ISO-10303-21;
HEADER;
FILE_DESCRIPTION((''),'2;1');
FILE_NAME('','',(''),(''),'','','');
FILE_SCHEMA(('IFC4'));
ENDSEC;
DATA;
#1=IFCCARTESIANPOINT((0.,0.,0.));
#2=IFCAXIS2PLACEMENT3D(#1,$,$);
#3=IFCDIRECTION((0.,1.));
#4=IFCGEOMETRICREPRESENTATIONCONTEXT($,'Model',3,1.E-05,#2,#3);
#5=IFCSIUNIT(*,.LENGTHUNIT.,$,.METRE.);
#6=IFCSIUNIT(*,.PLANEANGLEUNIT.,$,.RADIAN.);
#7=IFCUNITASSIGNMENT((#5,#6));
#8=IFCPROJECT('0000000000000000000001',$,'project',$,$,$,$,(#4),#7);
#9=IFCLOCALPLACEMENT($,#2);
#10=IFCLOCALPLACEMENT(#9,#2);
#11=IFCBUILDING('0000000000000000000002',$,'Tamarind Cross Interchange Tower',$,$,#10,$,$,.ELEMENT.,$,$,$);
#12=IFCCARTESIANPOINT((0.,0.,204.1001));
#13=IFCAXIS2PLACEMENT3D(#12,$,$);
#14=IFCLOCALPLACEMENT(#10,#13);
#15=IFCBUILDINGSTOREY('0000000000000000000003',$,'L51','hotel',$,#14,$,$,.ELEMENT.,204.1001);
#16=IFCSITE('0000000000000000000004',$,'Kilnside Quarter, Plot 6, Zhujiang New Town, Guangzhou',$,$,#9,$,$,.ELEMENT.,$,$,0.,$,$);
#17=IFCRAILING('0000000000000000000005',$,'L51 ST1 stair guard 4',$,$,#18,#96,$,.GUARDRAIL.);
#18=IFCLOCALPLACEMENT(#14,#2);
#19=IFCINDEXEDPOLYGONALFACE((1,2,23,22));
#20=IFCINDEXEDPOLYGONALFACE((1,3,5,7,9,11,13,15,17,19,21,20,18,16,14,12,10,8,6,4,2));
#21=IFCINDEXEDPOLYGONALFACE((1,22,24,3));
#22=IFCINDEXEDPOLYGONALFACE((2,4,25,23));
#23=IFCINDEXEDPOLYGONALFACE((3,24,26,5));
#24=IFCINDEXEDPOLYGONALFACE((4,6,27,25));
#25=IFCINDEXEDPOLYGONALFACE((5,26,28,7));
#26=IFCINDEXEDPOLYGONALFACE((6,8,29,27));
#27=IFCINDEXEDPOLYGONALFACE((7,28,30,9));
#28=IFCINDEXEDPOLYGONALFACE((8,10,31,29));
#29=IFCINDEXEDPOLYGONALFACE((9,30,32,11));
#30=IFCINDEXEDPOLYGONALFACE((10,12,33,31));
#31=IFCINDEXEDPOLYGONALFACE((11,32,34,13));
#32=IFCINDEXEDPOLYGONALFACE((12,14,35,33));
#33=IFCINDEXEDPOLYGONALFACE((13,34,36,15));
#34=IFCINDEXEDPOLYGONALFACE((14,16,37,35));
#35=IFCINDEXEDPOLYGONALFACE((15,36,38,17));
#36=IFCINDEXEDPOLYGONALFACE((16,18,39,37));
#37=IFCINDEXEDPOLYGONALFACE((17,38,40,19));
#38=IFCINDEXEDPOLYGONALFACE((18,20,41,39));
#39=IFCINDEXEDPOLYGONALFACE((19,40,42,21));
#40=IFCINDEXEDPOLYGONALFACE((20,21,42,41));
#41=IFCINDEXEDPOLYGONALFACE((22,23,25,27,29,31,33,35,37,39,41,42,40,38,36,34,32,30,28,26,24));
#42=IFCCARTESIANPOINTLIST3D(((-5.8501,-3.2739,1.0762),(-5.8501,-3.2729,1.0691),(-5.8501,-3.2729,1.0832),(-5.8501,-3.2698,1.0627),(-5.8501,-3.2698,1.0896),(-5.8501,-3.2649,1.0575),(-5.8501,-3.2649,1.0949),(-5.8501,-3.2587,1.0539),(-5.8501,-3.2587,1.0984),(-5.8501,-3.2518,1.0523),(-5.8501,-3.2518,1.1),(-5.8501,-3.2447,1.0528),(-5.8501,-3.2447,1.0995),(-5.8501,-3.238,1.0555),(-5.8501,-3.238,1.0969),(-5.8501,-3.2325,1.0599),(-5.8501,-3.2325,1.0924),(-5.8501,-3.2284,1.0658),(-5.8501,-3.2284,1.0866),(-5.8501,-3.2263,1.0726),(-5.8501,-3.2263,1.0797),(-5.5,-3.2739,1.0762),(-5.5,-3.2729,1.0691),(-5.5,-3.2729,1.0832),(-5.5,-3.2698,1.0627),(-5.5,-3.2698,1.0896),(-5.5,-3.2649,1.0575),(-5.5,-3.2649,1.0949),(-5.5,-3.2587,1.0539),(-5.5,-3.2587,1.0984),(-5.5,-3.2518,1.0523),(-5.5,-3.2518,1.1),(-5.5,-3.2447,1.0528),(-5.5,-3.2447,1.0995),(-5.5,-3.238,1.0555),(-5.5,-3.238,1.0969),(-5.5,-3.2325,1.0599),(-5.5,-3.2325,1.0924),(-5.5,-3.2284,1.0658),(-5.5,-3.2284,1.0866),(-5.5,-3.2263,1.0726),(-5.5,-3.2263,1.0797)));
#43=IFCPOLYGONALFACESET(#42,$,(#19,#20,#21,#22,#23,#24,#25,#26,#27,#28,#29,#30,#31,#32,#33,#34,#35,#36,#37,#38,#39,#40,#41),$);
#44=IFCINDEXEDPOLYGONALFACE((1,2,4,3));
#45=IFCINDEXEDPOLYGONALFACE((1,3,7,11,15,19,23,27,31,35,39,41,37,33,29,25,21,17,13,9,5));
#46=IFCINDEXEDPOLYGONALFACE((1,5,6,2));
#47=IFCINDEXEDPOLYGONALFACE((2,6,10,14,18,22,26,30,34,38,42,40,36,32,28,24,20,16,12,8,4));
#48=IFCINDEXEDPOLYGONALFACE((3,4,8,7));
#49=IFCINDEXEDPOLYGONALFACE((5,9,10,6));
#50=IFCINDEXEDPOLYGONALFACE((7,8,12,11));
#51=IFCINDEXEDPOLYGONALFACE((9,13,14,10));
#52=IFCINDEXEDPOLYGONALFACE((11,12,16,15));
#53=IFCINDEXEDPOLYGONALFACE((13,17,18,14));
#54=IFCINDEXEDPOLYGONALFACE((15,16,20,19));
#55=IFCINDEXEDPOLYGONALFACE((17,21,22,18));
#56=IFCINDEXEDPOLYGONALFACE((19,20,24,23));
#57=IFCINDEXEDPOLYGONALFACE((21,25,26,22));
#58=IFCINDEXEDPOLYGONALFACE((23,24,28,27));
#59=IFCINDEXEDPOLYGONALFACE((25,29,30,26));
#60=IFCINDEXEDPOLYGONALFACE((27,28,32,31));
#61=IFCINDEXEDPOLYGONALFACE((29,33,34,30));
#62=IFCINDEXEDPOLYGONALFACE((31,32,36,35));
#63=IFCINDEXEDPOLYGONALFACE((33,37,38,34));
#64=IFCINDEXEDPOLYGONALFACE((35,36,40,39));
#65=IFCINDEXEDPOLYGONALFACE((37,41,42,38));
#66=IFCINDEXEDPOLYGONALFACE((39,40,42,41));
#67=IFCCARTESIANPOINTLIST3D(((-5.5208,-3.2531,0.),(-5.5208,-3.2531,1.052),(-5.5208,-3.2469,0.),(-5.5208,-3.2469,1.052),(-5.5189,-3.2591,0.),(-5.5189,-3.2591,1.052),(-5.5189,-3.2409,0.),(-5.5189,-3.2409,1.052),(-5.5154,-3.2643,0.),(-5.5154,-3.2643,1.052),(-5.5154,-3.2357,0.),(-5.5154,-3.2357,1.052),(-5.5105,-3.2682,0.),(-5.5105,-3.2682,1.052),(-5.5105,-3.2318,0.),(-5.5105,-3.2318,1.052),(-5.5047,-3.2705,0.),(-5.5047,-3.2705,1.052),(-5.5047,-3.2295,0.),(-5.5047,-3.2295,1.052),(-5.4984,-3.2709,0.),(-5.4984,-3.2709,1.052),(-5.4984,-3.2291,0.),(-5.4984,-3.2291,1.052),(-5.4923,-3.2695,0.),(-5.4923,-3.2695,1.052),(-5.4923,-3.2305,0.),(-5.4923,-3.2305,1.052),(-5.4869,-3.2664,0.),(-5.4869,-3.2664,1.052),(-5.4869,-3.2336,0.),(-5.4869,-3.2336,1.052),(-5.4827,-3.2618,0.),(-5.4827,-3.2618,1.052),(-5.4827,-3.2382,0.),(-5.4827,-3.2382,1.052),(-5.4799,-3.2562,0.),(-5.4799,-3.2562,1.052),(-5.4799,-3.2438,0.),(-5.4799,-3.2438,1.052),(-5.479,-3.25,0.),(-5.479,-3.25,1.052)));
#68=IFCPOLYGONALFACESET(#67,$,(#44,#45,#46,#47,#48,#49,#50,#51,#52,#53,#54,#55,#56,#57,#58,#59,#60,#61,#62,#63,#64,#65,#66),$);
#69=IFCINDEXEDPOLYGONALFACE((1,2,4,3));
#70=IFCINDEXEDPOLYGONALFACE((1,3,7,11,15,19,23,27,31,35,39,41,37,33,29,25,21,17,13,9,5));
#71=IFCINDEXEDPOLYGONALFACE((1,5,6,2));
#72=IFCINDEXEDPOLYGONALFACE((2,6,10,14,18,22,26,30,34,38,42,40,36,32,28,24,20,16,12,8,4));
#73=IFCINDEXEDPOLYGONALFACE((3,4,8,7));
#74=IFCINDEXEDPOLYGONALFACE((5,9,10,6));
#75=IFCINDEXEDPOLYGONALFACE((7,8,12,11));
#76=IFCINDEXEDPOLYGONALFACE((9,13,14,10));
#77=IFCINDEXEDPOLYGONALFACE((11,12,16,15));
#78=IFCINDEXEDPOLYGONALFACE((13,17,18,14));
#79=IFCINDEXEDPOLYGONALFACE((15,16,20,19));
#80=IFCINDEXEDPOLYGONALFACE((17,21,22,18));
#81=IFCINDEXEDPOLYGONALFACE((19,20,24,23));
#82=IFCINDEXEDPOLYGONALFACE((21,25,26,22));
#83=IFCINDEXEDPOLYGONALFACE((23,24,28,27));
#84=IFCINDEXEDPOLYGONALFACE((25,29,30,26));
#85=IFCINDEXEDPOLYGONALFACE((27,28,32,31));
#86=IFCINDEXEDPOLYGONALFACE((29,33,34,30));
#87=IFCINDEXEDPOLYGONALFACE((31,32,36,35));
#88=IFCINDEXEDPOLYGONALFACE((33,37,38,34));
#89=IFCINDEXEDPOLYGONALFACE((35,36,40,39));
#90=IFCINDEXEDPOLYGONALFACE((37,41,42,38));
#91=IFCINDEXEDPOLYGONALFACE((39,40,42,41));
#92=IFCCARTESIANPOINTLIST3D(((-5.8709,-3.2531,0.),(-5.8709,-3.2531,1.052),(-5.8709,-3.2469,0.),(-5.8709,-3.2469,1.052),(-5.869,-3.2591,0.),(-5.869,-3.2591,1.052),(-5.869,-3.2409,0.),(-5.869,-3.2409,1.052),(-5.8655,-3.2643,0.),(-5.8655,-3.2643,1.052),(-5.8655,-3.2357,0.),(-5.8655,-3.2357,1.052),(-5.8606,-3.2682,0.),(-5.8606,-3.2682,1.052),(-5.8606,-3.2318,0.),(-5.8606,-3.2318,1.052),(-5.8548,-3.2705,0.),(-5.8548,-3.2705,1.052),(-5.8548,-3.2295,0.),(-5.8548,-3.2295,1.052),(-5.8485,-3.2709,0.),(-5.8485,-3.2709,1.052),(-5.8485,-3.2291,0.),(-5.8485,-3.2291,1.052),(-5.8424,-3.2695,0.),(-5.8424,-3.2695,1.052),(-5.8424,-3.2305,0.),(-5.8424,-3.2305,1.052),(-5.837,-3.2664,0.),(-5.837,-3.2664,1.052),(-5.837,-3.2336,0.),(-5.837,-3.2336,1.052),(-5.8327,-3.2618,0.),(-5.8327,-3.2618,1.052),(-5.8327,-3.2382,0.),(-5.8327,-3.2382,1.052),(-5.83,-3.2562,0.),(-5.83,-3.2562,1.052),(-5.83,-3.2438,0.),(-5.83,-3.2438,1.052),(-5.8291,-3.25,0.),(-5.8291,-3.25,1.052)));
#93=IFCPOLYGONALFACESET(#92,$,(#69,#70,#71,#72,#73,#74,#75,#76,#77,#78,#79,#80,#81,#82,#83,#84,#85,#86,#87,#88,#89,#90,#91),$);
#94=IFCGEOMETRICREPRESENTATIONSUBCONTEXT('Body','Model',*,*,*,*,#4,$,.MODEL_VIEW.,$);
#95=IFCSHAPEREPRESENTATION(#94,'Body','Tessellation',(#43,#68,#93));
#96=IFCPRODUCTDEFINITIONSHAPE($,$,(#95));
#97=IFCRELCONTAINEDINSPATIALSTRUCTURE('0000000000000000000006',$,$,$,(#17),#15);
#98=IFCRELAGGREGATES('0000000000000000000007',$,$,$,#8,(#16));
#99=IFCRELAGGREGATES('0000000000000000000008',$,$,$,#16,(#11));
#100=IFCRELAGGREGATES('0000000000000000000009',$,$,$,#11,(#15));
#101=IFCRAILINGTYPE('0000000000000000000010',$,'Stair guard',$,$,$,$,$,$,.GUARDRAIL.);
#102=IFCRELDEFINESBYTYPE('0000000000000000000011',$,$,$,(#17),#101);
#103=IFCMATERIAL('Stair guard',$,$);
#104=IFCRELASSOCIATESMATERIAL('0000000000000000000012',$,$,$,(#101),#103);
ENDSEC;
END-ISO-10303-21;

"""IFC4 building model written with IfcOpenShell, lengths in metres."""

from ifc_helpers import new_model, si_unit, direction, frame, origin, origin_2d, place, context, subcontext, project, spatial, circle, extrude, material, type_object, element, save


model = new_model("IFC4")

# Units and contexts
model_context = context("Model", 3, precision=1e-05, world=origin(), true_north=direction((0.0, 1.0)))
body_context = subcontext(model_context, "Body", "Model", "MODEL_VIEW")
ifc_project = project(units=[si_unit("LENGTHUNIT", "METRE"), si_unit("PLANEANGLEUNIT", "RADIAN")], contexts=[model_context])

# Site, building, storey
site_placement = place(None, origin())
site = spatial("IfcSite", under=ifc_project, at=site_placement, Name="Kilnside Quarter, Plot 6, Zhujiang New Town, Guangzhou", CompositionType="ELEMENT", RefElevation=0.0)
building_placement = place(site_placement, origin())
building = spatial("IfcBuilding", under=site, at=building_placement, Name="Tamarind Cross Interchange Tower", CompositionType="ELEMENT")
storey_placement = place(building_placement, frame((0.0, 0.0, 204.1001)))
storey = spatial("IfcBuildingStorey", under=building, at=storey_placement, Name="L51", Description="hotel", CompositionType="ELEMENT", Elevation=204.1001)

# Railing
ifc_material_1 = material(Name="Stair guard")
railing_type_1 = type_object("IfcRailingType", Name="Stair guard", PredefinedType="GUARDRAIL", material=ifc_material_1)
railing_1_placement = place(storey_placement, frame((-5.5, -3.25, 0.0)))
element("IfcRailing", 1, at=railing_1_placement, inside=storey, type_object=railing_type_1, Name="L51 ST1 stair guard 4", PredefinedType="GUARDRAIL", context=body_context, shape_type="SweptSolid", body=[
    extrude(circle(Radius=0.0239, at=origin_2d()), frame((0.0, 0.0, 1.0762), z_axis=(-1.0, 0.0, 0.0), x_axis=(0.0, -1.0, 0.0)), (0.0, 0.0, 1.0), 0.3501),
    extrude(circle(Radius=0.021, at=origin_2d()), origin(), (0.0, 0.0, 1.0), 1.052),
    extrude(circle(Radius=0.021, at=origin_2d()), frame((-0.3501, 0.0, 0.0)), (0.0, 0.0, 1.0), 1.052),
])

save(model, "model.ifc")
